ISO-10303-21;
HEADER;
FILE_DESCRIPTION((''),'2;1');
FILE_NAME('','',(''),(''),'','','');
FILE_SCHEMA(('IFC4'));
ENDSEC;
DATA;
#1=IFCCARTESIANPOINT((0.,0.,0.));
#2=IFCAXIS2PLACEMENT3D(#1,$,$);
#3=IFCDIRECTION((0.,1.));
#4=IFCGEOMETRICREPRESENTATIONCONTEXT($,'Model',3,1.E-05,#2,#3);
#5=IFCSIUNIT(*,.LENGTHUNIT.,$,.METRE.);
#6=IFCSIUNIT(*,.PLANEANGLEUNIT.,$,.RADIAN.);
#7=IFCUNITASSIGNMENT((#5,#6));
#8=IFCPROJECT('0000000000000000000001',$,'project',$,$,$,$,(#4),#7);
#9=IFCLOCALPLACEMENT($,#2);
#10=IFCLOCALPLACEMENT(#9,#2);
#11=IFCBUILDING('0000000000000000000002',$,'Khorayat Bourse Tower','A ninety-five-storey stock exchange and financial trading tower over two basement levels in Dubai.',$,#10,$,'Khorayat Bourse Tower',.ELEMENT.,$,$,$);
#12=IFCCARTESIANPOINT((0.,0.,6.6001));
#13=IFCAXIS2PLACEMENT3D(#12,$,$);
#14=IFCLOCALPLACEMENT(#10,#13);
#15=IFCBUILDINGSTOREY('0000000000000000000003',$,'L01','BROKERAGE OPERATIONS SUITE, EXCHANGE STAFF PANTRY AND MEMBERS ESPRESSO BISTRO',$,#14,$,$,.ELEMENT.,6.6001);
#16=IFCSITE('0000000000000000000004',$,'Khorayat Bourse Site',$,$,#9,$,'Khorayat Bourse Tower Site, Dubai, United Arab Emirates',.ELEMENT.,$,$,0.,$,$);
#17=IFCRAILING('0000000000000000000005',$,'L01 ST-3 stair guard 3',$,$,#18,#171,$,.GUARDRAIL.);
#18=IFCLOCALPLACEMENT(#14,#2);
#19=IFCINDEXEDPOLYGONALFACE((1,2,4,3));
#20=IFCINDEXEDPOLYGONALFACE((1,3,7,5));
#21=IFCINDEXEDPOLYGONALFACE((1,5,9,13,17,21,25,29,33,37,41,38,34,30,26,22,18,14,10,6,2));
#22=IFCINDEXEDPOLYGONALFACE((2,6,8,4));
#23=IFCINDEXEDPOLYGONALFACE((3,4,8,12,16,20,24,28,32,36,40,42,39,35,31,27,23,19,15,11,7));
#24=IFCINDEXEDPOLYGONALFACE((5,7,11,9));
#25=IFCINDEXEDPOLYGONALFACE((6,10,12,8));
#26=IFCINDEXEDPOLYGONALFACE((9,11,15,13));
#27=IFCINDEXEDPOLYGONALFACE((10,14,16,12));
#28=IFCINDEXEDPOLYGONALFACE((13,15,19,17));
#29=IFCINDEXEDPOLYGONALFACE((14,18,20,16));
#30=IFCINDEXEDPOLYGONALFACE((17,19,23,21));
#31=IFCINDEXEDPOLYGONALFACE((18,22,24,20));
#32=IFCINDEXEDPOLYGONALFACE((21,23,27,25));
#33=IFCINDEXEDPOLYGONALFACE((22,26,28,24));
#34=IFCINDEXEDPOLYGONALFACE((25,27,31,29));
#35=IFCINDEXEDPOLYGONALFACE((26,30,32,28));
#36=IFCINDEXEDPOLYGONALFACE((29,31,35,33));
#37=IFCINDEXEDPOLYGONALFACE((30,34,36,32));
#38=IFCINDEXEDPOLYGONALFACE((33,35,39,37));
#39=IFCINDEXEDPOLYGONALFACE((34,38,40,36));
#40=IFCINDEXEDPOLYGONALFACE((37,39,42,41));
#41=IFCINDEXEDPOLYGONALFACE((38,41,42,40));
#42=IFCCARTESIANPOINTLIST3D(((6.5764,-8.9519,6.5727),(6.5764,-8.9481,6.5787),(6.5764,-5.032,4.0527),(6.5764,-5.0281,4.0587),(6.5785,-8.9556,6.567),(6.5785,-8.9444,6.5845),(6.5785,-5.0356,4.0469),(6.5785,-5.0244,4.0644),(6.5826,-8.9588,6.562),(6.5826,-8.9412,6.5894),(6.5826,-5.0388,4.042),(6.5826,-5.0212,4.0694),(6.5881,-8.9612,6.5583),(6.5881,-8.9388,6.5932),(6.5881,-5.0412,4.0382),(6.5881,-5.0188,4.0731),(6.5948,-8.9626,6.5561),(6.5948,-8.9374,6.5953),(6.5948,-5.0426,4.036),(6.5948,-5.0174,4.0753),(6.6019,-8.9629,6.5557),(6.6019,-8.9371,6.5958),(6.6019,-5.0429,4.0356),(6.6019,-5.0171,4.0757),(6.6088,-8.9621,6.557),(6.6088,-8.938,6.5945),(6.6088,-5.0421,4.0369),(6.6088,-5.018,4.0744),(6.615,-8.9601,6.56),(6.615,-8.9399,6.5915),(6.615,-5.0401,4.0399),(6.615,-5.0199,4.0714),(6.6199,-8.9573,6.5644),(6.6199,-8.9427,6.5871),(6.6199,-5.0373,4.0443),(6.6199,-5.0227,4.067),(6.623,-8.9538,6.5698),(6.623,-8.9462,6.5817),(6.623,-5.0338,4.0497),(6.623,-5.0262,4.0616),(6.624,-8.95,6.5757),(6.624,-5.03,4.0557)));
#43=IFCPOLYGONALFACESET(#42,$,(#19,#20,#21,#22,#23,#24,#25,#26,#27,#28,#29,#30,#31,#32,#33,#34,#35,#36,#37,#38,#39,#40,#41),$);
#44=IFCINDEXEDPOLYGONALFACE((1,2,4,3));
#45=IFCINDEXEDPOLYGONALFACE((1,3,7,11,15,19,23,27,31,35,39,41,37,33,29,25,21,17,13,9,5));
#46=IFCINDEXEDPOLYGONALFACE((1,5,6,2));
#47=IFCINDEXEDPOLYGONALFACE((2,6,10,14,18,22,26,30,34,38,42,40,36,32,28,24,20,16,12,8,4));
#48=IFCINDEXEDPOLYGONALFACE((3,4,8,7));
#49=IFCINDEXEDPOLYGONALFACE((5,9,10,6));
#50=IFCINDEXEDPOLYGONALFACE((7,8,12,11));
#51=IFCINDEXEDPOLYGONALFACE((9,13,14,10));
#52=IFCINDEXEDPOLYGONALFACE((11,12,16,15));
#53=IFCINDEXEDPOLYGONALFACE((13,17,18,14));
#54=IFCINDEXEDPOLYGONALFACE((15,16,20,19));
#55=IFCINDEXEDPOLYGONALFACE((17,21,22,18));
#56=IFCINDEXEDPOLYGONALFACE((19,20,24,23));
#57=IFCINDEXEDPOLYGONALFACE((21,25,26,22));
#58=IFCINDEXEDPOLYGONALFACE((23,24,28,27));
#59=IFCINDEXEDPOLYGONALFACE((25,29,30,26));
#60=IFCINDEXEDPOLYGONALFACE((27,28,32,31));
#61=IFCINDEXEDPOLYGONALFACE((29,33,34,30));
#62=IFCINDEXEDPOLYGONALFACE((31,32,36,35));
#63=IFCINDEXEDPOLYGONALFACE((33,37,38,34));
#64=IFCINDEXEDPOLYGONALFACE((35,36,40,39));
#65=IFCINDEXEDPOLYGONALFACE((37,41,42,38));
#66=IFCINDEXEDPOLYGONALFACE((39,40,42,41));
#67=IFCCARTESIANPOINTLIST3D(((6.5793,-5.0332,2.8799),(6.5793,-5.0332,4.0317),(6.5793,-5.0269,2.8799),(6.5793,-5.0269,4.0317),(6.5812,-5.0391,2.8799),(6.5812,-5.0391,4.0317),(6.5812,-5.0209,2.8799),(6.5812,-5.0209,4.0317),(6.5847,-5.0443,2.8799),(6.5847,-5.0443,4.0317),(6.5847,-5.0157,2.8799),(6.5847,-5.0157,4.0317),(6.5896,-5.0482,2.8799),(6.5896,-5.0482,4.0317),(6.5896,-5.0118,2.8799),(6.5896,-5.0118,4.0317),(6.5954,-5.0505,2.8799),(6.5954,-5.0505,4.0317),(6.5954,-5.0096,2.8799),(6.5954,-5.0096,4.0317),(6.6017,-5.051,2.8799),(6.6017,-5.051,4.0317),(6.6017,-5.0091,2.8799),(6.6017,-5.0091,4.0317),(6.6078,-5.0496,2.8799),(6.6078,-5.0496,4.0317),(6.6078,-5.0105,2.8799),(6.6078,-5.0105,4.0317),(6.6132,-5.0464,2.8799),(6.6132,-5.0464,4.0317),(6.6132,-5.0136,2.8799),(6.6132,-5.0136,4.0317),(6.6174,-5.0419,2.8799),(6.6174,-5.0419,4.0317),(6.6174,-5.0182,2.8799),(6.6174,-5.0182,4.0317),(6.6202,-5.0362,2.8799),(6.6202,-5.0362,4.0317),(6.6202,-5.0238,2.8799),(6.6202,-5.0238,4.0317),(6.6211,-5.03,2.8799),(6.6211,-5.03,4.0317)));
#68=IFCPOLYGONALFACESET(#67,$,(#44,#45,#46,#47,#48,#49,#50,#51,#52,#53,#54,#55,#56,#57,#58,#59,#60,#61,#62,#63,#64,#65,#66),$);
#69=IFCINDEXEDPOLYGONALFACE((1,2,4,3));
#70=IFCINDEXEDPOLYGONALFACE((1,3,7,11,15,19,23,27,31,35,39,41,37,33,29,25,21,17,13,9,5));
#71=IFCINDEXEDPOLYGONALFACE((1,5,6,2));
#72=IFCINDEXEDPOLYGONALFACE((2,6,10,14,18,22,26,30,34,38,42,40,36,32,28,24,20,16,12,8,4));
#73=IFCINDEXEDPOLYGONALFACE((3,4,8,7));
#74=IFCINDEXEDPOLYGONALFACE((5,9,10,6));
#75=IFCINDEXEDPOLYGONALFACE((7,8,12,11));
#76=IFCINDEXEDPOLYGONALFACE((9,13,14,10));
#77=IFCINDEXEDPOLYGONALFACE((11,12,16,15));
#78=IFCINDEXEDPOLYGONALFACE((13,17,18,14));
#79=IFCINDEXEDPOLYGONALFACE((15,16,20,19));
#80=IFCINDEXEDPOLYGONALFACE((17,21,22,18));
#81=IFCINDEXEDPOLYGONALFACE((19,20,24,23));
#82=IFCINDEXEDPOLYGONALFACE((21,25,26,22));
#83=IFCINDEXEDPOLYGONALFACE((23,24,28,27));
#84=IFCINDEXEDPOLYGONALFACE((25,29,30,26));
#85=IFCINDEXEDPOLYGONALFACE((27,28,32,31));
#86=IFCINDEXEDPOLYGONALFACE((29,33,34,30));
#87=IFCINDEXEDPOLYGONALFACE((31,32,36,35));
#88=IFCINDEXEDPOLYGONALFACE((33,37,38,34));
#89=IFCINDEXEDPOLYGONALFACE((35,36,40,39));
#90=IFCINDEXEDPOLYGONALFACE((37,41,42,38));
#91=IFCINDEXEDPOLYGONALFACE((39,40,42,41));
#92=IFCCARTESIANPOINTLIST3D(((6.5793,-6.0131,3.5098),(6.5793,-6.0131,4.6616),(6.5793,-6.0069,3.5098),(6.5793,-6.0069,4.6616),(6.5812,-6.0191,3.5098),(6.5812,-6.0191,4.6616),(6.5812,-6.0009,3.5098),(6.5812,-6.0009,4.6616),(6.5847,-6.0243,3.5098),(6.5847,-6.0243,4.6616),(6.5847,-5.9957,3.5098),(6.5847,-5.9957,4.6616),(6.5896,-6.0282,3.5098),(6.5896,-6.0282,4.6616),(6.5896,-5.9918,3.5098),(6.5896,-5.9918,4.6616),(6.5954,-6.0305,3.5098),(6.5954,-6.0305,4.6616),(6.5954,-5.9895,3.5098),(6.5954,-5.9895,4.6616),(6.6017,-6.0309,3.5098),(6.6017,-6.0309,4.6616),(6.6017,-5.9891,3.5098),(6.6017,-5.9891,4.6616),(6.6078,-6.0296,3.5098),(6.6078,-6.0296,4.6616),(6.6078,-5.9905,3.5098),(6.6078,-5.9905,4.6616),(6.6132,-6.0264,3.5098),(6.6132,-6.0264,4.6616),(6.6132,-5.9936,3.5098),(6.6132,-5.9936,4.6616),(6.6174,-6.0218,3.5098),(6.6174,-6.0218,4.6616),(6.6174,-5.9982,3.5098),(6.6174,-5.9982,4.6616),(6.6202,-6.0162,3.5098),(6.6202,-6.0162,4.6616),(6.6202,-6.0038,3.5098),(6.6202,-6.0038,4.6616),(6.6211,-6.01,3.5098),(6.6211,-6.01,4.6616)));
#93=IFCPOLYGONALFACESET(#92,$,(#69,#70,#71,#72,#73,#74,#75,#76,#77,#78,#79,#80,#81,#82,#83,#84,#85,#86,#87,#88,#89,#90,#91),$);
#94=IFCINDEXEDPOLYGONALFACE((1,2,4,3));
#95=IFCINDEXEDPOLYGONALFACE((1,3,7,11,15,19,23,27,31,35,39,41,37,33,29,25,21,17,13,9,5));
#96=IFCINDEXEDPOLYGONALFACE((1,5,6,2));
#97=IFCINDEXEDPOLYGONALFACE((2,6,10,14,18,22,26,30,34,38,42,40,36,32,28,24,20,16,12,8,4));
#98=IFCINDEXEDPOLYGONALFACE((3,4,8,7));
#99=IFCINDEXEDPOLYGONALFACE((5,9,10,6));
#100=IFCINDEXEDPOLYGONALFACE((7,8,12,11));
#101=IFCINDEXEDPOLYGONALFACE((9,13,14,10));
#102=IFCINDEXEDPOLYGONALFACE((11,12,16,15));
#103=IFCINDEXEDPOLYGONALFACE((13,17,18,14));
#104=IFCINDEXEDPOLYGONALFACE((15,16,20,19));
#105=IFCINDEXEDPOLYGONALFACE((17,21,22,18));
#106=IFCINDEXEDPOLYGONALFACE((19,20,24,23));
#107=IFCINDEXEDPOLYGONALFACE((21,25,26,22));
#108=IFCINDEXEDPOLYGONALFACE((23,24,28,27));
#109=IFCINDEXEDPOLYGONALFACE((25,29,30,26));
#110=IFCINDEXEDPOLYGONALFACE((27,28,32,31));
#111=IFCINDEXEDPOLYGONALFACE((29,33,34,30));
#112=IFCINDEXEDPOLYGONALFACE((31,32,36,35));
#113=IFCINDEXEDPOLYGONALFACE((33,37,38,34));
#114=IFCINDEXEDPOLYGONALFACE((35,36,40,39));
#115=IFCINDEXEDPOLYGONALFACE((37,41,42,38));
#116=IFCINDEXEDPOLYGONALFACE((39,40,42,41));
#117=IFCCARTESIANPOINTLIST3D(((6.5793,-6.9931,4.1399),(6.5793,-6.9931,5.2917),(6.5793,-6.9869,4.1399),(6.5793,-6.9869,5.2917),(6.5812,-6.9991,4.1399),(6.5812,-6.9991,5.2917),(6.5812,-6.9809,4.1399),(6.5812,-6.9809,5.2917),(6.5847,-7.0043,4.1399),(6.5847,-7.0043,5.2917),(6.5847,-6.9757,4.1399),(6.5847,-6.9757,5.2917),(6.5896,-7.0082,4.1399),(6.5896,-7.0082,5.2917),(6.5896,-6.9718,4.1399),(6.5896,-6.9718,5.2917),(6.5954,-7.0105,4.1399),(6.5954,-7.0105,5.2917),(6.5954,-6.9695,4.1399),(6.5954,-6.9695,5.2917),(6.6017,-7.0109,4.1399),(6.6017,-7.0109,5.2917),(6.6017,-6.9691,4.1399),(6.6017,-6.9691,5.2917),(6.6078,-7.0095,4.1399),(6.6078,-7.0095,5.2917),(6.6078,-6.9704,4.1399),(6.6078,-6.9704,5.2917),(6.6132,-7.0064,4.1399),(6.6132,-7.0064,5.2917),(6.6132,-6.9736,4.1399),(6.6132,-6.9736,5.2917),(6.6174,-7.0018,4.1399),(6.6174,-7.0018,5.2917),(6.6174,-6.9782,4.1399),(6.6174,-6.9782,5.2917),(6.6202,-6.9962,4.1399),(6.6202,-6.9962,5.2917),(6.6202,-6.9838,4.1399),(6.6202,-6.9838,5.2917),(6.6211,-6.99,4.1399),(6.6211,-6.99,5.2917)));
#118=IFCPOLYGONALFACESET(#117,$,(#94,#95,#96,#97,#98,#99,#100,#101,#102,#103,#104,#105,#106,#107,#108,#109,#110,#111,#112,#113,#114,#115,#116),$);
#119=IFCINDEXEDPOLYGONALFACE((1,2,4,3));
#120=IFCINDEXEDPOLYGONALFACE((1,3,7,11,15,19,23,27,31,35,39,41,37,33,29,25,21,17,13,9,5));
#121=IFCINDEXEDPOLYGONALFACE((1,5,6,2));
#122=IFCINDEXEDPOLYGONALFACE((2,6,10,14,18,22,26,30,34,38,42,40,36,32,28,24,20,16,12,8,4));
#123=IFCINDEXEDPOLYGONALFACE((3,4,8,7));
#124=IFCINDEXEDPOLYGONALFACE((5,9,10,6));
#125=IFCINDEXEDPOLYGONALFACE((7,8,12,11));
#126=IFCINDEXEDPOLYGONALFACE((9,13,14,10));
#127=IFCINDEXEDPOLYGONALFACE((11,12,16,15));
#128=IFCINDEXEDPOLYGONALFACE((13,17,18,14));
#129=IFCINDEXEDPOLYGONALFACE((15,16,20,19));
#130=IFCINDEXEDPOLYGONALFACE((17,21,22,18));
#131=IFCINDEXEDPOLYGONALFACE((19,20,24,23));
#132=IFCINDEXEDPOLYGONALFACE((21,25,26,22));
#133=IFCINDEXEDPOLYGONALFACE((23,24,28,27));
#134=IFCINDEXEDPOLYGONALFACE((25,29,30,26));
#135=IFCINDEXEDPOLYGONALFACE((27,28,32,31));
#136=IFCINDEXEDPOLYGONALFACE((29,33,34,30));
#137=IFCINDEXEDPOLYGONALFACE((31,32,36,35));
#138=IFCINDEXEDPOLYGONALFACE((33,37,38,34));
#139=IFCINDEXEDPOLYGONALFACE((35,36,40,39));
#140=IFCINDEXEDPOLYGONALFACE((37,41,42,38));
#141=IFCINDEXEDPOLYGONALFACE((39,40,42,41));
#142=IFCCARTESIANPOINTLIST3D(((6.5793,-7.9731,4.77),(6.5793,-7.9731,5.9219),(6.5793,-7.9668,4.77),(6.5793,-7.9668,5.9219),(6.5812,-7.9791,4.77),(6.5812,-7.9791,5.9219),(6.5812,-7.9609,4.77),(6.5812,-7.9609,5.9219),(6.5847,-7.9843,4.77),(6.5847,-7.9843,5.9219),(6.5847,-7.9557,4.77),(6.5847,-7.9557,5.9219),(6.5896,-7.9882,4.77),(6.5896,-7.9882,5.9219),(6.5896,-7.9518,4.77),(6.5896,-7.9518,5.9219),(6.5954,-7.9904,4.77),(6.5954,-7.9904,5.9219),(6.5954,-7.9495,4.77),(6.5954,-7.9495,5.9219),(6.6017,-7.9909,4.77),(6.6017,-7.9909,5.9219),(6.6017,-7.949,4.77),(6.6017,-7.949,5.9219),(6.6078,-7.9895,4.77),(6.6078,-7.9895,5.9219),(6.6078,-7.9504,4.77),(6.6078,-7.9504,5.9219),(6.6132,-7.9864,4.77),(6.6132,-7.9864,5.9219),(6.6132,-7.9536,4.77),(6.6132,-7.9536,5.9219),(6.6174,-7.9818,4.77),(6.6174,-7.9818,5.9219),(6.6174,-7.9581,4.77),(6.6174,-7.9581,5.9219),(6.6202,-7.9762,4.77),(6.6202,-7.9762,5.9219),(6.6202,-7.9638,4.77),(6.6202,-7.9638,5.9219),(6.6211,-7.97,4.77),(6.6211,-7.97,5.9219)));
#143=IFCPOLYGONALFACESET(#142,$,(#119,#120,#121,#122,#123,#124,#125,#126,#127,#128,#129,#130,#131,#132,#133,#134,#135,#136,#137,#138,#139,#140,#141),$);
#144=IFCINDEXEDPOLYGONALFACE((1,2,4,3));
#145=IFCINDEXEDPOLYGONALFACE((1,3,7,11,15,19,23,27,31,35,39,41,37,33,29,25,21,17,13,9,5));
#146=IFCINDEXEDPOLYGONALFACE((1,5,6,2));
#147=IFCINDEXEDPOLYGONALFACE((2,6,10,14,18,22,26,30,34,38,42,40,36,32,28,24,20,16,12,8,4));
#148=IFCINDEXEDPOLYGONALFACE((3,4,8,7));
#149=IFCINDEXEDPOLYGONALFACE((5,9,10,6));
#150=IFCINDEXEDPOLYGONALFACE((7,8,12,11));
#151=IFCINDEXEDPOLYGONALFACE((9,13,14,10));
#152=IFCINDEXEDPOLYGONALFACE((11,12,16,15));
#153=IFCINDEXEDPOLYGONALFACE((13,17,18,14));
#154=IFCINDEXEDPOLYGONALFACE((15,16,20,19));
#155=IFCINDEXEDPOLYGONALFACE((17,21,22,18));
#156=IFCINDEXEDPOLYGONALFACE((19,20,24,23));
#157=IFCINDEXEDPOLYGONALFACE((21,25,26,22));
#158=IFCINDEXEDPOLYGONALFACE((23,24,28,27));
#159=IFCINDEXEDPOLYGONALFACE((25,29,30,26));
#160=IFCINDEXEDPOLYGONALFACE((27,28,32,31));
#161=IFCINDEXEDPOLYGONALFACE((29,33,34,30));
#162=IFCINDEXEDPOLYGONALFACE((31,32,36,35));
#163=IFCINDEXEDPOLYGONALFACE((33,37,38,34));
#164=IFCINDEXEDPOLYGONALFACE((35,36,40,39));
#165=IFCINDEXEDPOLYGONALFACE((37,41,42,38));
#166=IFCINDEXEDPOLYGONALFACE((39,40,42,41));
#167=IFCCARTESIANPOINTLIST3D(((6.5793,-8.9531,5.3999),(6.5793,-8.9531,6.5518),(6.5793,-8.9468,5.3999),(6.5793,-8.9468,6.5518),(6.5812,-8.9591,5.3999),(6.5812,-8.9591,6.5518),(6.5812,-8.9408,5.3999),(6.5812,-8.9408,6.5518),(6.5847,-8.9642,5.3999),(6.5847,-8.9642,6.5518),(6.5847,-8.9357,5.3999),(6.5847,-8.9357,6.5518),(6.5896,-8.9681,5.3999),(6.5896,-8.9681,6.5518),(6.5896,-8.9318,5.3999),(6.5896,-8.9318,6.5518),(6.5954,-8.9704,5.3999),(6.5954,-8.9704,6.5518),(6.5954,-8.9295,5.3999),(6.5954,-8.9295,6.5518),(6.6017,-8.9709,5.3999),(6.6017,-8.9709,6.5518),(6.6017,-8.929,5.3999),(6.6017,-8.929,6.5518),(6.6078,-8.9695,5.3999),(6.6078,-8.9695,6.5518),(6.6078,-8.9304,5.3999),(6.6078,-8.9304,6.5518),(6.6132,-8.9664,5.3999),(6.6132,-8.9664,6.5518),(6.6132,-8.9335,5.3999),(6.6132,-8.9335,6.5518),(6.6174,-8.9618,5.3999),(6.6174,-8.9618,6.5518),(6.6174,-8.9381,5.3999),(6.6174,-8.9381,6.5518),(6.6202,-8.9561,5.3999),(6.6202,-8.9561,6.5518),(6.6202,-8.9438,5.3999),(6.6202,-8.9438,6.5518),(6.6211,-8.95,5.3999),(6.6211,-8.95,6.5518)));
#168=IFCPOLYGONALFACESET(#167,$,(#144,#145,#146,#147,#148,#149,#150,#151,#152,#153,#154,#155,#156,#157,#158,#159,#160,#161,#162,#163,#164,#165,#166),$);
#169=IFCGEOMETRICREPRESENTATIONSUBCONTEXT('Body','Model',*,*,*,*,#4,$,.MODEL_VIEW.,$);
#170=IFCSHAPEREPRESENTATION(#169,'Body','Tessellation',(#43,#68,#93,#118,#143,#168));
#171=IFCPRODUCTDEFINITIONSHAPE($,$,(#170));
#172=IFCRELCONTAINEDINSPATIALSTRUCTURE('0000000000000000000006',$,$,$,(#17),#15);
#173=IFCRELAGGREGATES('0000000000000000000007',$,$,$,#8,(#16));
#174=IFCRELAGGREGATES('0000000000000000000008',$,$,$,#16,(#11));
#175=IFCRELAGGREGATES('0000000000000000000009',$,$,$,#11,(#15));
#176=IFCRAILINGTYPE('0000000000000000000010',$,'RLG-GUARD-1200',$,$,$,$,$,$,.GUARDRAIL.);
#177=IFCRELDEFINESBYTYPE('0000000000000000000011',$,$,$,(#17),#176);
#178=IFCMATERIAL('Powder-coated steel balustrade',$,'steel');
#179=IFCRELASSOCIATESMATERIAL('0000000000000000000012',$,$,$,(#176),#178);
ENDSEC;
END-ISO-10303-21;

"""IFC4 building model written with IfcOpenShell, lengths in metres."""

from ifc_helpers import new_model, si_unit, direction, frame, origin, origin_2d, place, context, subcontext, project, spatial, circle, extrude, source, transform, mapped, material, type_object, element, save


model = new_model("IFC4")

# Units and contexts
model_context = context("Model", 3, precision=1e-05, world=origin(), true_north=direction((0.0, 1.0)))
body_context = subcontext(model_context, "Body", "Model", "MODEL_VIEW")
ifc_project = project(units=[si_unit("LENGTHUNIT", "METRE"), si_unit("PLANEANGLEUNIT", "RADIAN")], contexts=[model_context])

# Site, building, storey
site_placement = place(None, origin())
site = spatial("IfcSite", under=ifc_project, at=site_placement, Name="Khorayat Bourse Site", LongName="Khorayat Bourse Tower Site, Dubai, United Arab Emirates", CompositionType="ELEMENT", RefElevation=0.0)
building_placement = place(site_placement, origin())
building = spatial("IfcBuilding", under=site, at=building_placement, Name="Khorayat Bourse Tower", Description="A ninety-five-storey stock exchange and financial trading tower over two basement levels in Dubai.", LongName="Khorayat Bourse Tower", CompositionType="ELEMENT")
storey_placement = place(building_placement, frame((0.0, 0.0, 6.6001)))
storey = spatial("IfcBuildingStorey", under=building, at=storey_placement, Name="L01", Description="BROKERAGE OPERATIONS SUITE, EXCHANGE STAFF PANTRY AND MEMBERS ESPRESSO BISTRO", CompositionType="ELEMENT", Elevation=6.6001)

# Railing
ifc_material_1 = material(Name="Powder-coated steel balustrade", Category="steel")
railing_type_1 = type_object("IfcRailingType", Name="RLG-GUARD-1200", PredefinedType="GUARDRAIL", material=ifc_material_1)
shared_shape_1 = source(origin(), body_context, "Body", "SweptSolid", [
    extrude(circle(Radius=0.0239, at=origin_2d()), frame((0.0, 0.0, 1.1758), z_axis=(0.0, -0.841172, 0.540768), x_axis=(1.0, 0.0, 0.0)), (0.0, 0.0, 1.0), 4.6602),
    extrude(circle(Radius=0.021, at=origin_2d()), origin(), (0.0, 0.0, 1.0), 1.1519),
    extrude(circle(Radius=0.021, at=origin_2d()), frame((0.0, -0.98, 0.6299)), (0.0, 0.0, 1.0), 1.1519),
    extrude(circle(Radius=0.021, at=origin_2d()), frame((0.0, -1.96, 1.26)), (0.0, 0.0, 1.0), 1.1519),
    extrude(circle(Radius=0.021, at=origin_2d()), frame((0.0, -2.9399, 1.8901)), (0.0, 0.0, 1.0), 1.1519),
    extrude(circle(Radius=0.021, at=origin_2d()), frame((0.0, -3.9199, 2.52)), (0.0, 0.0, 1.0), 1.1519),
])
railing_1_placement = place(storey_placement, frame((6.6001, -5.03, 2.8799)))
element("IfcRailing", 1, at=railing_1_placement, inside=storey, type_object=railing_type_1, Name="L01 ST-3 stair guard 3", PredefinedType="GUARDRAIL", context=body_context, shape_type="MappedRepresentation", body=[
    mapped(shared_shape_1, transform((0.0, 0.0, 0.0), scale=1.0)),
])

save(model, "model.ifc")
